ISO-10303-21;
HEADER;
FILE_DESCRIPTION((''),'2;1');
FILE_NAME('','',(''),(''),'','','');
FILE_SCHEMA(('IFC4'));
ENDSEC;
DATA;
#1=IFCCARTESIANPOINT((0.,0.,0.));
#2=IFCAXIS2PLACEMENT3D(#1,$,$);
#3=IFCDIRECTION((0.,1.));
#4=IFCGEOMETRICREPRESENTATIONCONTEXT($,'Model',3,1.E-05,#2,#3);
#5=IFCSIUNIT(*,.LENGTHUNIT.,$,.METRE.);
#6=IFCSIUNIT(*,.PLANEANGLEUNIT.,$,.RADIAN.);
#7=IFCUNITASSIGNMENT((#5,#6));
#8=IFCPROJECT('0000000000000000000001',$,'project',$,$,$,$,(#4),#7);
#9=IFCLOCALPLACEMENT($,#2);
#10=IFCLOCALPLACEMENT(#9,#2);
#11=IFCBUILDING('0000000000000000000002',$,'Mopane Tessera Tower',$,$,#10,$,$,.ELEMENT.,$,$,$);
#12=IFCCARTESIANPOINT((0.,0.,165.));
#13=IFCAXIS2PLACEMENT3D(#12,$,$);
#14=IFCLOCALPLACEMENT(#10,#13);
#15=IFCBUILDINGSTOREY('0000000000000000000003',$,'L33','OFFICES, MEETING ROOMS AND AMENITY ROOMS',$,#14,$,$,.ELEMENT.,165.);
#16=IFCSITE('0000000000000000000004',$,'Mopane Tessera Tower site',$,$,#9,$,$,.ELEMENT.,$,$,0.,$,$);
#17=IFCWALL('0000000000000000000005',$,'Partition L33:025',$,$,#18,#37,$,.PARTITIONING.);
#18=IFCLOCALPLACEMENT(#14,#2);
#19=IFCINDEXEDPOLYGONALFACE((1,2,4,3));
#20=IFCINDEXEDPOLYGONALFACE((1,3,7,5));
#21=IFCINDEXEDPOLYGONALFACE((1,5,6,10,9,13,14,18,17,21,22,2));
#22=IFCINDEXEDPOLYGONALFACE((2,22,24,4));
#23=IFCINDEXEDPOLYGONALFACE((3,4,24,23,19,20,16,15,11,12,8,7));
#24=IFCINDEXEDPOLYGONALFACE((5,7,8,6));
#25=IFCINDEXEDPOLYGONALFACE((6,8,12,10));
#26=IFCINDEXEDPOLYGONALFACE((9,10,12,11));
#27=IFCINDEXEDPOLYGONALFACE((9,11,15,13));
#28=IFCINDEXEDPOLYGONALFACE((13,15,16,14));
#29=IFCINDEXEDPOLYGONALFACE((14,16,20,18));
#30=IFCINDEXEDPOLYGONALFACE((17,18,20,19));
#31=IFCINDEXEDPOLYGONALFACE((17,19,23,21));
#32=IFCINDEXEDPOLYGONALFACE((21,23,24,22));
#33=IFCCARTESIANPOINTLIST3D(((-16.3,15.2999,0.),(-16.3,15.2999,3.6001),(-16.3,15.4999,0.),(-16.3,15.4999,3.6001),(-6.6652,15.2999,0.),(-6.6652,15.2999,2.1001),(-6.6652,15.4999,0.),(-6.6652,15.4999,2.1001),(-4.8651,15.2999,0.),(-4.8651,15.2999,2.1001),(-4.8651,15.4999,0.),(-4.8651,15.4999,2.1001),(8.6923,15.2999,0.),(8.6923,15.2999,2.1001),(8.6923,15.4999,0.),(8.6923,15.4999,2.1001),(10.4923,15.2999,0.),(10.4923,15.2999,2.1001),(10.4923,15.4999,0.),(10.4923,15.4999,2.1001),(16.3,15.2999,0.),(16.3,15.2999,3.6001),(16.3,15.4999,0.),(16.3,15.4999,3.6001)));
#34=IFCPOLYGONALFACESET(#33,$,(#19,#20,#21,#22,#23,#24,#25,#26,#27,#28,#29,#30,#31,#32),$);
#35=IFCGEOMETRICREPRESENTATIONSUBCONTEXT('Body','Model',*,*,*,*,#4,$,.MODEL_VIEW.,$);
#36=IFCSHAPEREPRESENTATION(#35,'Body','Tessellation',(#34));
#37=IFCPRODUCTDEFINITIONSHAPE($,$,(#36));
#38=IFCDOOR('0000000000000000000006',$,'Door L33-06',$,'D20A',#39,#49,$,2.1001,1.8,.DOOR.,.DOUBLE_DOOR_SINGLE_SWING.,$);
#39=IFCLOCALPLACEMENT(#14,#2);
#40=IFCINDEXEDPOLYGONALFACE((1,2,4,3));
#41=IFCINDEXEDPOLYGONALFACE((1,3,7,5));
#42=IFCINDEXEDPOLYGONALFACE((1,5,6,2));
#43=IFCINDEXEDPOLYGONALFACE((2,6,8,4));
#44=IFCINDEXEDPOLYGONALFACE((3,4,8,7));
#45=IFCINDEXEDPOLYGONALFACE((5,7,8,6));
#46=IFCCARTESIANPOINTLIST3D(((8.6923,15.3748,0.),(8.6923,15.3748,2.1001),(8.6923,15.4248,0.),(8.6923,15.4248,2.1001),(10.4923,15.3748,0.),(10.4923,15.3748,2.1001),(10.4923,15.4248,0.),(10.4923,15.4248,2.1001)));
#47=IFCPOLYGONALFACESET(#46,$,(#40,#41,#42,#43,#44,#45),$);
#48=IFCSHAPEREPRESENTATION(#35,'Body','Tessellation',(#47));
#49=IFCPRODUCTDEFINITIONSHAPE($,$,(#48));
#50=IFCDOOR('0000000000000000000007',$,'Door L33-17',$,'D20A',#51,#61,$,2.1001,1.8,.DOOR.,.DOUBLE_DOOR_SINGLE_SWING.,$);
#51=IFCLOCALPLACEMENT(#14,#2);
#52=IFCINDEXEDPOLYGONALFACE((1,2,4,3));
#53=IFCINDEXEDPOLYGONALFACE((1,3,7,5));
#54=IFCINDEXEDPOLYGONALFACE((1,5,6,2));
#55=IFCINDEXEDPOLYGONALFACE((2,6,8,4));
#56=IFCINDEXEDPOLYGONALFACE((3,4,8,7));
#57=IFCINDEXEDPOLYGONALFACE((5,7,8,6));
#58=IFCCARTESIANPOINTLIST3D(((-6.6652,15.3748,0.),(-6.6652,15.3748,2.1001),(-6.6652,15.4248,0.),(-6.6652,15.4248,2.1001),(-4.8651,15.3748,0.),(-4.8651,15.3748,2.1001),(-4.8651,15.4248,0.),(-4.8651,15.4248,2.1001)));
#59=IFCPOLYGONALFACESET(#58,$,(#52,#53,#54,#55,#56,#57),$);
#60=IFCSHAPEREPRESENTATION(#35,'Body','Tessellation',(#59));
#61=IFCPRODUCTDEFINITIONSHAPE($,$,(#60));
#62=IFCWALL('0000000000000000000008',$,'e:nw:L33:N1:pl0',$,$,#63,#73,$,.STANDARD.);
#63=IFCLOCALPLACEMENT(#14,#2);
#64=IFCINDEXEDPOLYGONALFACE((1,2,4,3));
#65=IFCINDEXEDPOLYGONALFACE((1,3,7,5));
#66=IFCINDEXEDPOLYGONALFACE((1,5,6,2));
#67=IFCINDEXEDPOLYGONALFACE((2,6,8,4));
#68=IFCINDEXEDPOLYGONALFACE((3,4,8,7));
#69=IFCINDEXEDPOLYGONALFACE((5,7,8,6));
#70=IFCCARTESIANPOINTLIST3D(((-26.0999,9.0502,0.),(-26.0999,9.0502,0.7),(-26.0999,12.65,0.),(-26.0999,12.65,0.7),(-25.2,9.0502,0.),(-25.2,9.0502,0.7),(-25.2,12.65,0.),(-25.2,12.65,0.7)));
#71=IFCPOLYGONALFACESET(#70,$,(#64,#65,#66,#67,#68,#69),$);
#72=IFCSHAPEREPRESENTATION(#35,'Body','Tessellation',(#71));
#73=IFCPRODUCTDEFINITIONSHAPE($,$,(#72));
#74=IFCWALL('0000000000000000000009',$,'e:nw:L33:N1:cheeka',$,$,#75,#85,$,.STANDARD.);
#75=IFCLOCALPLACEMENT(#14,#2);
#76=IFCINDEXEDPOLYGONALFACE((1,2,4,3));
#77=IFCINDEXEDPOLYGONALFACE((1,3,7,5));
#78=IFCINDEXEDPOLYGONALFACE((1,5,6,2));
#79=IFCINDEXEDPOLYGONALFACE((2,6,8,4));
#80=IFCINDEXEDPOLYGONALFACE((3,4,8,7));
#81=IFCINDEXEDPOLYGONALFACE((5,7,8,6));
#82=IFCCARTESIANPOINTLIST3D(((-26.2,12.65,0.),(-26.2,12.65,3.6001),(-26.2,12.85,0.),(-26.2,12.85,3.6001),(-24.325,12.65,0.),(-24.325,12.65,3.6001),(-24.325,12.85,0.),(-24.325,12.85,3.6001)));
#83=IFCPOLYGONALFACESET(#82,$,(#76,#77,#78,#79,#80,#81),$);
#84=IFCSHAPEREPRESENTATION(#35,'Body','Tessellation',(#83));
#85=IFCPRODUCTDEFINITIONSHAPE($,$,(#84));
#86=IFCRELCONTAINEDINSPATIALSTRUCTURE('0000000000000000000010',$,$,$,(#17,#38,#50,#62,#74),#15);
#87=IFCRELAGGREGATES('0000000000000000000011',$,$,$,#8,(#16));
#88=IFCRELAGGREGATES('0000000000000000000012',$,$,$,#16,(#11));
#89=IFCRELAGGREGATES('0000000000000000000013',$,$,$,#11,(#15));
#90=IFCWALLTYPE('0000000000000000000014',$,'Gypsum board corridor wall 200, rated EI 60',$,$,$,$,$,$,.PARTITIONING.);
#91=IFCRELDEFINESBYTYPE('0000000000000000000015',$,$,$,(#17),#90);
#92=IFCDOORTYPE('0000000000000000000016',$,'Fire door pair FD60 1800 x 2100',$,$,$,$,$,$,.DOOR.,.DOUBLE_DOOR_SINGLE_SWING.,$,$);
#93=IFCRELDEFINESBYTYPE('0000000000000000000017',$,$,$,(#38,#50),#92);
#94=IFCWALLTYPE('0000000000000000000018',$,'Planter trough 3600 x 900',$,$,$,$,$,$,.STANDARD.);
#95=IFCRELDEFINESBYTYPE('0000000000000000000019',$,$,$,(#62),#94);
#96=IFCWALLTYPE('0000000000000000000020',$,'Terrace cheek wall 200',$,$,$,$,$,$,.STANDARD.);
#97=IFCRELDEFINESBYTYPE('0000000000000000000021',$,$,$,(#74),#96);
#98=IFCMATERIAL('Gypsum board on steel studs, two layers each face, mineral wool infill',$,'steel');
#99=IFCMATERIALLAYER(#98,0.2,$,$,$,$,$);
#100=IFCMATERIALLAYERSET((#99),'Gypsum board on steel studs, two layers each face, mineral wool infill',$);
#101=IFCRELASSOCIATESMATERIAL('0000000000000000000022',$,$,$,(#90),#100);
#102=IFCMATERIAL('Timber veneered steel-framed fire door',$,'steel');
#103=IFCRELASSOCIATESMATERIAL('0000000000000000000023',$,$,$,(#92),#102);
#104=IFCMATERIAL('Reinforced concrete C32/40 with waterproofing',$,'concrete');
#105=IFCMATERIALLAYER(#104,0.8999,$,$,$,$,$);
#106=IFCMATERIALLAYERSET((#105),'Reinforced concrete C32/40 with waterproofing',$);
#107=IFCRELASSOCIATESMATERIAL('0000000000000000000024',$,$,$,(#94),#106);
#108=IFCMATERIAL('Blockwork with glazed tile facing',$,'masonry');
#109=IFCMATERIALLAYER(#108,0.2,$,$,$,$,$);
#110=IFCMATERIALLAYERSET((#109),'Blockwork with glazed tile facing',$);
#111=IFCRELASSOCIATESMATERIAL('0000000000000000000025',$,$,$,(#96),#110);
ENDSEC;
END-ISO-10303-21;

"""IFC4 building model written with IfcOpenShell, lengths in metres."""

from ifc_helpers import new_model, si_unit, direction, frame, frame_2d, origin, place, context, subcontext, project, spatial, rectangle, extrude, material, layer, layer_set, type_object, element, fill, save


model = new_model("IFC4")

# Units and contexts
model_context = context("Model", 3, precision=1e-05, world=origin(), true_north=direction((0.0, 1.0)))
body_context = subcontext(model_context, "Body", "Model", "MODEL_VIEW")
ifc_project = project(units=[si_unit("LENGTHUNIT", "METRE"), si_unit("PLANEANGLEUNIT", "RADIAN")], contexts=[model_context])

# Site, building, storey
site_placement = place(None, origin())
site = spatial("IfcSite", under=ifc_project, at=site_placement, Name="Mopane Tessera Tower site", CompositionType="ELEMENT", RefElevation=0.0)
building_placement = place(site_placement, origin())
building = spatial("IfcBuilding", under=site, at=building_placement, Name="Mopane Tessera Tower", CompositionType="ELEMENT")
storey_placement = place(building_placement, frame((0.0, 0.0, 165.0)))
storey = spatial("IfcBuildingStorey", under=building, at=storey_placement, Name="L33", Description="OFFICES, MEETING ROOMS AND AMENITY ROOMS", CompositionType="ELEMENT", Elevation=165.0)

# Shared definitions
ifc_material_1 = material(Name="Gypsum board on steel studs, two layers each face, mineral wool infill", Category="steel")
ifc_layer_1 = layer(ifc_material_1, 0.2)
ifc_layer_set_1 = layer_set([ifc_layer_1], Name="Gypsum board on steel studs, two layers each face, mineral wool infill")
wall_type_1 = type_object("IfcWallType", Name="Gypsum board corridor wall 200, rated EI 60", PredefinedType="PARTITIONING", material=ifc_layer_set_1)

# Wall, openings, doors
wall_1_placement = place(storey_placement, frame((-16.3, 15.3999, 0.0), z_axis=(0.0, 0.0, 1.0), x_axis=(1.0, 0.0, 0.0)))
wall_1 = element("IfcWall", 1, at=wall_1_placement, inside=storey, type_object=wall_type_1, Name="Partition L33:025", PredefinedType="PARTITIONING", context=body_context, shape_type="SweptSolid", body=[
    extrude(rectangle(XDim=32.6001, YDim=0.2, at=frame_2d((16.3, 0.0))), origin(), (0.0, 0.0, 1.0), 3.6001),
])
opening_1_placement = place(wall_1_placement, frame((24.9924, 0.0, 0.0)))
opening_1 = element("IfcOpeningElement", 2, at=opening_1_placement, cuts=wall_1, PredefinedType="OPENING", context=body_context, shape_type="SweptSolid", body=[
    extrude(rectangle(XDim=1.8, YDim=2.1001, at=frame_2d((0.8999, 1.05))), frame((0.0, 0.1121, 0.0), z_axis=(0.0, -1.0, 0.0), x_axis=(1.0, 0.0, 0.0)), (0.0, 0.0, 1.0), 0.2239),
])
opening_2_placement = place(wall_1_placement, frame((9.635, 0.0, 0.0)))
opening_2 = element("IfcOpeningElement", 3, at=opening_2_placement, cuts=wall_1, PredefinedType="OPENING", context=body_context, shape_type="SweptSolid", body=[
    extrude(rectangle(XDim=1.8, YDim=2.1001, at=frame_2d((0.8999, 1.05))), frame((0.0, 0.1121, 0.0), z_axis=(0.0, -1.0, 0.0), x_axis=(1.0, 0.0, 0.0)), (0.0, 0.0, 1.0), 0.2239),
])
ifc_material_2 = material(Name="Timber veneered steel-framed fire door", Category="steel")
door_type_1 = type_object("IfcDoorType", Name="Fire door pair FD60 1800 x 2100", OperationType="DOUBLE_DOOR_SINGLE_SWING", PredefinedType="DOOR", material=ifc_material_2)
door_1_placement = place(opening_1_placement, origin())
door_1 = element("IfcDoor", 4, at=door_1_placement, inside=storey, type_object=door_type_1, Name="Door L33-06", ObjectType="D20A", OperationType="DOUBLE_DOOR_SINGLE_SWING", OverallHeight=2.1001, OverallWidth=1.8, PredefinedType="DOOR", context=body_context, shape_type="SweptSolid", body=[
    extrude(rectangle(XDim=1.8, YDim=2.1001, at=frame_2d((0.8999, 1.05))), frame((0.0, 0.0249, 0.0), z_axis=(0.0, -1.0, 0.0), x_axis=(1.0, 0.0, 0.0)), (0.0, 0.0, 1.0), 0.05),
])
fill(opening_1, door_1)
door_2_placement = place(opening_2_placement, origin())
door_2 = element("IfcDoor", 5, at=door_2_placement, inside=storey, type_object=door_type_1, Name="Door L33-17", ObjectType="D20A", OperationType="DOUBLE_DOOR_SINGLE_SWING", OverallHeight=2.1001, OverallWidth=1.8, PredefinedType="DOOR", context=body_context, shape_type="SweptSolid", body=[
    extrude(rectangle(XDim=1.8, YDim=2.1001, at=frame_2d((0.8999, 1.05))), frame((0.0, 0.0249, 0.0), z_axis=(0.0, -1.0, 0.0), x_axis=(1.0, 0.0, 0.0)), (0.0, 0.0, 1.0), 0.05),
])
fill(opening_2, door_2)

# Walls
ifc_material_3 = material(Name="Reinforced concrete C32/40 with waterproofing", Category="concrete")
ifc_layer_2 = layer(ifc_material_3, 0.8999)
ifc_layer_set_2 = layer_set([ifc_layer_2], Name="Reinforced concrete C32/40 with waterproofing")
wall_type_2 = type_object("IfcWallType", Name="Planter trough 3600 x 900", PredefinedType="STANDARD", material=ifc_layer_set_2)
wall_2_placement = place(storey_placement, frame((-25.6499, 12.6499, 0.0), z_axis=(0.0, 0.0, 1.0), x_axis=(0.0, -1.0, 0.0)))
element("IfcWall", 6, at=wall_2_placement, inside=storey, type_object=wall_type_2, Name="e:nw:L33:N1:pl0", PredefinedType="STANDARD", context=body_context, shape_type="SweptSolid", body=[
    extrude(rectangle(XDim=3.5999, YDim=0.8999, at=frame_2d((1.7998, 0.0))), origin(), (0.0, 0.0, 1.0), 0.7),
])
ifc_material_4 = material(Name="Blockwork with glazed tile facing", Category="masonry")
ifc_layer_3 = layer(ifc_material_4, 0.2)
ifc_layer_set_3 = layer_set([ifc_layer_3], Name="Blockwork with glazed tile facing")
wall_type_3 = type_object("IfcWallType", Name="Terrace cheek wall 200", PredefinedType="STANDARD", material=ifc_layer_set_3)
wall_3_placement = place(storey_placement, frame((-26.2, 12.75, 0.0), z_axis=(0.0, 0.0, 1.0), x_axis=(1.0, 0.0, 0.0)))
element("IfcWall", 7, at=wall_3_placement, inside=storey, type_object=wall_type_3, Name="e:nw:L33:N1:cheeka", PredefinedType="STANDARD", context=body_context, shape_type="SweptSolid", body=[
    extrude(rectangle(XDim=1.875, YDim=0.2, at=frame_2d((0.9375, 0.0))), origin(), (0.0, 0.0, 1.0), 3.6001),
])

save(model, "model.ifc")
